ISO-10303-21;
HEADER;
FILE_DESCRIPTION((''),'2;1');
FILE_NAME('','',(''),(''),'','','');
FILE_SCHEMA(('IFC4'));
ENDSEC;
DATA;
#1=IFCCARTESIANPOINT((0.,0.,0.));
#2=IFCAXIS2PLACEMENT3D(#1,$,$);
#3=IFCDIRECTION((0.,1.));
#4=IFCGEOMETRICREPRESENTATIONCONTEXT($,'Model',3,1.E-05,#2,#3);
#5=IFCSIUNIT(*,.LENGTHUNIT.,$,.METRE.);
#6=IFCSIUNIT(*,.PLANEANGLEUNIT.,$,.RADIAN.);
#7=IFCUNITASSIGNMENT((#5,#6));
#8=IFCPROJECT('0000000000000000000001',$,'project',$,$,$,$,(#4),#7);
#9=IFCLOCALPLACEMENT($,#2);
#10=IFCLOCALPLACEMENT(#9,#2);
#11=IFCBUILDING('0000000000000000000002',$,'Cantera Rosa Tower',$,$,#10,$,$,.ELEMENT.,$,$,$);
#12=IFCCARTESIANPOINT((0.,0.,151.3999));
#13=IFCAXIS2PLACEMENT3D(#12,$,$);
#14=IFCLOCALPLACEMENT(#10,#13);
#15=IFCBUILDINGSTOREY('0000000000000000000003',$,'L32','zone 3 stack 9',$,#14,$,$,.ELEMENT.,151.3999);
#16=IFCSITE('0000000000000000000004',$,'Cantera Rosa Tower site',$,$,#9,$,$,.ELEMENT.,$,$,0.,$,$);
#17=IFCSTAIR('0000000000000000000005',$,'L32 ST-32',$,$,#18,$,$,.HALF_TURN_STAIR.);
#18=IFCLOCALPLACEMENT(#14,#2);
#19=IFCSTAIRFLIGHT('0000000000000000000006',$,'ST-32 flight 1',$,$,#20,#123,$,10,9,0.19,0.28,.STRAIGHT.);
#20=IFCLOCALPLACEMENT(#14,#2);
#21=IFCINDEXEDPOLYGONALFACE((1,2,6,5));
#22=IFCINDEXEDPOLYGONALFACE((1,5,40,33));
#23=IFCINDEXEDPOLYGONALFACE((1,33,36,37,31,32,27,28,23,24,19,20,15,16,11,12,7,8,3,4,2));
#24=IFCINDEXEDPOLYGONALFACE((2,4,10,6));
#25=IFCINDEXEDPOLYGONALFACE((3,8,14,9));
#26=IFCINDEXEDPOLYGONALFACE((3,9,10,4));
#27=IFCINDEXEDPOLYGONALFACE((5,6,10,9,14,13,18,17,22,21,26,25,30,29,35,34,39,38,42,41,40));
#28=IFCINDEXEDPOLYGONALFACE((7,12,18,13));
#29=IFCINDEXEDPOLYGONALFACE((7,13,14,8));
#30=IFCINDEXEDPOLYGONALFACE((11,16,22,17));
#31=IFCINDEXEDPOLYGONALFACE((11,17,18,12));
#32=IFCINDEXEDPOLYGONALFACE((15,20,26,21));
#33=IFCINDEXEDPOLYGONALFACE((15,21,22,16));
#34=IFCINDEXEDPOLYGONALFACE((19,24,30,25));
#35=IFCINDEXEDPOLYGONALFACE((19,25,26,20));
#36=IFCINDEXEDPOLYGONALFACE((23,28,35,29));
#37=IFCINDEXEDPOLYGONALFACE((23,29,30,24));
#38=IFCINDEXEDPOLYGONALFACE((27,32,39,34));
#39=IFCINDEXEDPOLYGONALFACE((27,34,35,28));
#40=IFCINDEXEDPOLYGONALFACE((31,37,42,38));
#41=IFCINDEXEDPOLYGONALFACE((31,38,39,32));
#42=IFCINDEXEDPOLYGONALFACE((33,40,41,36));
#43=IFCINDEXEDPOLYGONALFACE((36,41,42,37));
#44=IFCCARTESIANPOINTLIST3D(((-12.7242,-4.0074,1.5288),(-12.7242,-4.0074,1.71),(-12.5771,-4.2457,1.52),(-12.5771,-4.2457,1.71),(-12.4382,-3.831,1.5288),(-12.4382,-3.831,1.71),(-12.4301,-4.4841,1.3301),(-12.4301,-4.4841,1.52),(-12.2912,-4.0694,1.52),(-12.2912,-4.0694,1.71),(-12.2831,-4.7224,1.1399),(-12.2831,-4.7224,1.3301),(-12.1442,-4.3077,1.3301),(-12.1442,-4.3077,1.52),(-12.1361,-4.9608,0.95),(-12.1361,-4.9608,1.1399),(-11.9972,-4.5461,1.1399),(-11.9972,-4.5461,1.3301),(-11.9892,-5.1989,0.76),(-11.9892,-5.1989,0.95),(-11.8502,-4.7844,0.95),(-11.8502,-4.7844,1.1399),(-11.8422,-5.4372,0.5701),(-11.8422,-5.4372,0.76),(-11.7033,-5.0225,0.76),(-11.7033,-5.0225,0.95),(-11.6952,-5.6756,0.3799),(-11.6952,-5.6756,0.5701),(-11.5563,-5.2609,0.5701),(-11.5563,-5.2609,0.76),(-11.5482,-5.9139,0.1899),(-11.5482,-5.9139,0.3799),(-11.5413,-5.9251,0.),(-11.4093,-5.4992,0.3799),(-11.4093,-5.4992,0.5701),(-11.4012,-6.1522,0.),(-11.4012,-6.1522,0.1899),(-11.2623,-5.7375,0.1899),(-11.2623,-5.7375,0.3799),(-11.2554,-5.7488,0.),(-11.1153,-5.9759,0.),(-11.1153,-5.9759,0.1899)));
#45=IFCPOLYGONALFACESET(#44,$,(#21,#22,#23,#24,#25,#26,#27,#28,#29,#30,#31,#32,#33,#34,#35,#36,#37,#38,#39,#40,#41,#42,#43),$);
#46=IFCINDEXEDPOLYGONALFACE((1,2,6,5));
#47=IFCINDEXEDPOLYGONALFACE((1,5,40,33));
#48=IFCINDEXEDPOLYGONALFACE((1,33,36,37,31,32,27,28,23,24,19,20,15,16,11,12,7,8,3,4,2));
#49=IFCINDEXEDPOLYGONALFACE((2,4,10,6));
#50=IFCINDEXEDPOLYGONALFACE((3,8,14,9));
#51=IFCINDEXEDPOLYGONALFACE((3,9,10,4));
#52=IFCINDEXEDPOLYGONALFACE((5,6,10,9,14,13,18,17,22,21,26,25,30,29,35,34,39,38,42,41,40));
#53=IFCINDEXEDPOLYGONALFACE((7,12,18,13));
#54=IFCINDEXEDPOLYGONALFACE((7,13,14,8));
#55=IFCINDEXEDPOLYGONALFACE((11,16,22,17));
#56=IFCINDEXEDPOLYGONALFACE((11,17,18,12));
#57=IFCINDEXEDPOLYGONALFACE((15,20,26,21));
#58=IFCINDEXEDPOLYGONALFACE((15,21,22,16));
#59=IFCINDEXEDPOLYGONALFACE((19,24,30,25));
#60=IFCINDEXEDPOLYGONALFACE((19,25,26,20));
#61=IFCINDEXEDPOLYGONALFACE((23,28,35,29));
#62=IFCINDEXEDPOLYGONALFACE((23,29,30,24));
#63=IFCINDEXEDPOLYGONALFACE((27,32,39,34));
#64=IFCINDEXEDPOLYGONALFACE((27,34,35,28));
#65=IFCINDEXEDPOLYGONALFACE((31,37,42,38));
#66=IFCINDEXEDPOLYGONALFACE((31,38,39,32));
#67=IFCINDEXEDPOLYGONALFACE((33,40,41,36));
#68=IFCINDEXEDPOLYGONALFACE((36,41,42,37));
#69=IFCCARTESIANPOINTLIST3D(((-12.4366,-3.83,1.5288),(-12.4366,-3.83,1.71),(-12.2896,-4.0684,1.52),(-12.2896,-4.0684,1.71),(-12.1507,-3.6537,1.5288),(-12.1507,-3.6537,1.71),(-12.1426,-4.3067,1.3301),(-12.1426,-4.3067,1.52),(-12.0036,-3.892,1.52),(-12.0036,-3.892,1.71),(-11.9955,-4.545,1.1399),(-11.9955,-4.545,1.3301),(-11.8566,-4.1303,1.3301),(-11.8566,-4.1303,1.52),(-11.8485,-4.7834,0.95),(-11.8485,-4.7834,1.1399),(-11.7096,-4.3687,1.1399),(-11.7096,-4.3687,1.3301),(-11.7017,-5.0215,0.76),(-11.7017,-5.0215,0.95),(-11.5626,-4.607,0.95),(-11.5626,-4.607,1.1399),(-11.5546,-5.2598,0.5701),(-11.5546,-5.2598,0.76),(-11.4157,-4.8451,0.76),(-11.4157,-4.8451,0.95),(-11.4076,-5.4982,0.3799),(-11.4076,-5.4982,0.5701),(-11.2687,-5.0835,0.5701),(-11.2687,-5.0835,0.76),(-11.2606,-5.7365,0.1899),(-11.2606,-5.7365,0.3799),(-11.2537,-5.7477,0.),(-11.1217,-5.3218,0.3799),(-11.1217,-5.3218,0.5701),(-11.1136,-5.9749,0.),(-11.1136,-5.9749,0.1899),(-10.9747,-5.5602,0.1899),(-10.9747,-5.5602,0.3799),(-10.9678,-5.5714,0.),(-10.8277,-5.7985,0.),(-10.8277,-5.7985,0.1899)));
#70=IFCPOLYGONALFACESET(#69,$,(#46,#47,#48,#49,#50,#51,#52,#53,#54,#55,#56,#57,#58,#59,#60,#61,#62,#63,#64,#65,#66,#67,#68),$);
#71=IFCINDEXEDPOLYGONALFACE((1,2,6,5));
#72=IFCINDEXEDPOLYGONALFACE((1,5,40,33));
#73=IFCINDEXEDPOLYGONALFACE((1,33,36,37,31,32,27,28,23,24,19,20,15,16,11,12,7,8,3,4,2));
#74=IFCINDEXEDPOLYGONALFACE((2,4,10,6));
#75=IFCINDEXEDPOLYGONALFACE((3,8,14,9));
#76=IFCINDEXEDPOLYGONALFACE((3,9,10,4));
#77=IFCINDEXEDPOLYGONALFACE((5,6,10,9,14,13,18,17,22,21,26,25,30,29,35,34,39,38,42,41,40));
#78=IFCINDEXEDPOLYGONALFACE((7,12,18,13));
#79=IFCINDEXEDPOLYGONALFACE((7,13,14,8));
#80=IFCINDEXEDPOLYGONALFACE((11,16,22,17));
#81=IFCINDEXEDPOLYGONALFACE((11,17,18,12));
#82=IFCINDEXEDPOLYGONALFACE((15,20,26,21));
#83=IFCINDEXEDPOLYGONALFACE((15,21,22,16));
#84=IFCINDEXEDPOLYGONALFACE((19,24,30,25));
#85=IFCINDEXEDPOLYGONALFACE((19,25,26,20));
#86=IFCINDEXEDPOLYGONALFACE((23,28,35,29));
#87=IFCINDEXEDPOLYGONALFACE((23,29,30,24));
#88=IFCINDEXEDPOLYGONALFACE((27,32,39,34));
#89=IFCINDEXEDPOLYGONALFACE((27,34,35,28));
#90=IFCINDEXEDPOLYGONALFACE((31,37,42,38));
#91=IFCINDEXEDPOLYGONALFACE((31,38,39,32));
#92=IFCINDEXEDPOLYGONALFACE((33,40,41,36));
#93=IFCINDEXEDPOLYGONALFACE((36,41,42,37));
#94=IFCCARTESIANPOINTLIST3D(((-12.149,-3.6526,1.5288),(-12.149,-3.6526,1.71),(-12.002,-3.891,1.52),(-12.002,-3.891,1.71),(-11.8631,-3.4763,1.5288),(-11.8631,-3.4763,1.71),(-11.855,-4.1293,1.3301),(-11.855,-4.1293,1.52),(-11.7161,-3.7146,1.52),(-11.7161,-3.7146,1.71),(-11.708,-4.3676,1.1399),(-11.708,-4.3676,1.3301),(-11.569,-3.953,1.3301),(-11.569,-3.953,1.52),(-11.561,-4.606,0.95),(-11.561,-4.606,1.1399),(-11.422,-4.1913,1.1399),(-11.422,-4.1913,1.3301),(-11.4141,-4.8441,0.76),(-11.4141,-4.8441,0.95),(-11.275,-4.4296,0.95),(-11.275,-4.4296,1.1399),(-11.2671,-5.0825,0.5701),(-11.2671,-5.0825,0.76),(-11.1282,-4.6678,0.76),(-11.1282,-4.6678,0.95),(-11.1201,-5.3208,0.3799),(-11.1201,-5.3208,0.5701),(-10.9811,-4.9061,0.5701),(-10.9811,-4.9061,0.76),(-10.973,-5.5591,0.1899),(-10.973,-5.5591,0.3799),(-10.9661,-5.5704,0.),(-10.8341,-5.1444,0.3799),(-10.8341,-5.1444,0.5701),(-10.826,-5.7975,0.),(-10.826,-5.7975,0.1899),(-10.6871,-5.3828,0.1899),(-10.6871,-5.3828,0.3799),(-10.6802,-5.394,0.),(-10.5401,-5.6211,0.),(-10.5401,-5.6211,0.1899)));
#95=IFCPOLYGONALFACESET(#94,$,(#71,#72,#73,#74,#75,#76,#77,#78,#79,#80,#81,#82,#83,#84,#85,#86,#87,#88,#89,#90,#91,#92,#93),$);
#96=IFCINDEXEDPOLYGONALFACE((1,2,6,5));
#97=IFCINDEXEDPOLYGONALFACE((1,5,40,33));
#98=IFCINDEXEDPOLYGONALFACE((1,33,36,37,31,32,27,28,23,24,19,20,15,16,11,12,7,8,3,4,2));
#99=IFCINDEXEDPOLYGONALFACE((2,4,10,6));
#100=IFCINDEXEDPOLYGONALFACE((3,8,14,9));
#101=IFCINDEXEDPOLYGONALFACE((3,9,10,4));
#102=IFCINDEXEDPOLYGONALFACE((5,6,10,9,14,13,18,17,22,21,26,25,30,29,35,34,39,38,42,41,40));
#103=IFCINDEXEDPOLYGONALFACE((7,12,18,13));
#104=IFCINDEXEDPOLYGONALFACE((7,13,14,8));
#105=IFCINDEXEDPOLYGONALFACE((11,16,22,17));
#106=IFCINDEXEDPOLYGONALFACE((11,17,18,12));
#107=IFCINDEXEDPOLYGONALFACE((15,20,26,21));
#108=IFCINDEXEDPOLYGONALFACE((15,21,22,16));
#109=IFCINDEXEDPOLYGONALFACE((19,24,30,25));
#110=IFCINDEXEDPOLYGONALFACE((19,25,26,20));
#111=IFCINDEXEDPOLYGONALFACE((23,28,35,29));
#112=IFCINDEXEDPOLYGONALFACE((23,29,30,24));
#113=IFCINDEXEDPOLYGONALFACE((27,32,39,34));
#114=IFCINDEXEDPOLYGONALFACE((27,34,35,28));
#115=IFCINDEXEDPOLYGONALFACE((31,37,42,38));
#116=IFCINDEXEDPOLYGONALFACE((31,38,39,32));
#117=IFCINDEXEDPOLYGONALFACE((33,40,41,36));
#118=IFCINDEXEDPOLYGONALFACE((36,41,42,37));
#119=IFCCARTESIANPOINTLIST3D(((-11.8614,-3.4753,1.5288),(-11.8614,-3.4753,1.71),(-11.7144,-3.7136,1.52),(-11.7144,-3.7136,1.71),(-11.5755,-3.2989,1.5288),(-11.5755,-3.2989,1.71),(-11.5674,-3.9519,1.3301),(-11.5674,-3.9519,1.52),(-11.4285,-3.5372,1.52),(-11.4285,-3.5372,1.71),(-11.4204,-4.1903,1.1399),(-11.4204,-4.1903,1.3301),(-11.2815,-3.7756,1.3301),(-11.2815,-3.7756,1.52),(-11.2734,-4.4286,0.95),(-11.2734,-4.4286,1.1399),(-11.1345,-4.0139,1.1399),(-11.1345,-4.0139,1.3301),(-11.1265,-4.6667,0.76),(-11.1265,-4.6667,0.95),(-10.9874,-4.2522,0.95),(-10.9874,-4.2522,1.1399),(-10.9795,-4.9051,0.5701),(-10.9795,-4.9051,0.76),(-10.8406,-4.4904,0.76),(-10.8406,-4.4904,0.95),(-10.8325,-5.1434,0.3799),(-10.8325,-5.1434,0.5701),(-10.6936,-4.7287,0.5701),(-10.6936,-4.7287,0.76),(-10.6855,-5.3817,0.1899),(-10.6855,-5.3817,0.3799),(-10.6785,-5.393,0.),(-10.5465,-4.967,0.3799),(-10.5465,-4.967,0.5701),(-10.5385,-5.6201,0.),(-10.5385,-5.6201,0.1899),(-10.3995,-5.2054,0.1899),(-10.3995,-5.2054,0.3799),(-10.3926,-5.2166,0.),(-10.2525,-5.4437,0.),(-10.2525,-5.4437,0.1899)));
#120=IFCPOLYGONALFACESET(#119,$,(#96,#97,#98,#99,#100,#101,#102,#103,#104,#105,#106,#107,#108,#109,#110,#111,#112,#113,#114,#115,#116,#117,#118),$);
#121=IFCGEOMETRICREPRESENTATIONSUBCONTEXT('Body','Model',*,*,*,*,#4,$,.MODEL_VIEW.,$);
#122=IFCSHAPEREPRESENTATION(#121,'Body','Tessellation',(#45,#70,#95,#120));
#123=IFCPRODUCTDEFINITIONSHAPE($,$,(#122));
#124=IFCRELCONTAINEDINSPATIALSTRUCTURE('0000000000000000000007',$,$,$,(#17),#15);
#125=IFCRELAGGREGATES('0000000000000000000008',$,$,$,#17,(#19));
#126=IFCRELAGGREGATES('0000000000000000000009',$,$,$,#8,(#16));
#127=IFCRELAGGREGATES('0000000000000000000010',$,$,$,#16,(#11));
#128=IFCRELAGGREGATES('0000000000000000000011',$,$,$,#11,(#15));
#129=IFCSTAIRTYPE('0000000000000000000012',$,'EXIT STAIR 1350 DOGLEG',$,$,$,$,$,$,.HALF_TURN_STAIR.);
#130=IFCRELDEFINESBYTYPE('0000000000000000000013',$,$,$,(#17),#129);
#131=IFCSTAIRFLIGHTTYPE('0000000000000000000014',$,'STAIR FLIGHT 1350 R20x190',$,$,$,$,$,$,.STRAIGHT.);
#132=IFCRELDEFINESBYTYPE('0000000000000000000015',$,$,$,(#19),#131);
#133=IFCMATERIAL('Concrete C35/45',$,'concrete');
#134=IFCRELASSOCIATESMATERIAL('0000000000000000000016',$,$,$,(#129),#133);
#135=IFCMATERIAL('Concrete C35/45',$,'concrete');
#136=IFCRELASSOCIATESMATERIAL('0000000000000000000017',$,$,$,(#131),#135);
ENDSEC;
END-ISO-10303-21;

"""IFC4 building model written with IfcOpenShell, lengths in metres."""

from ifc_helpers import new_model, si_unit, direction, frame, origin, place, context, subcontext, project, spatial, polyline, outline, extrude, material, type_object, element, aggregate, save


model = new_model("IFC4")

# Units and contexts
model_context = context("Model", 3, precision=1e-05, world=origin(), true_north=direction((0.0, 1.0)))
body_context = subcontext(model_context, "Body", "Model", "MODEL_VIEW")
ifc_project = project(units=[si_unit("LENGTHUNIT", "METRE"), si_unit("PLANEANGLEUNIT", "RADIAN")], contexts=[model_context])

# Site, building, storey
site_placement = place(None, origin())
site = spatial("IfcSite", under=ifc_project, at=site_placement, Name="Cantera Rosa Tower site", CompositionType="ELEMENT", RefElevation=0.0)
building_placement = place(site_placement, origin())
building = spatial("IfcBuilding", under=site, at=building_placement, Name="Cantera Rosa Tower", CompositionType="ELEMENT")
storey_placement = place(building_placement, frame((0.0, 0.0, 151.3999)))
storey = spatial("IfcBuildingStorey", under=building, at=storey_placement, Name="L32", Description="zone 3 stack 9", CompositionType="ELEMENT", Elevation=151.3999)

# Stair, stair flight
ifc_material_1 = material(Name="Concrete C35/45", Category="concrete")
stair_type = type_object("IfcStairType", Name="EXIT STAIR 1350 DOGLEG", PredefinedType="HALF_TURN_STAIR", material=ifc_material_1)
stair_placement = place(storey_placement, origin())
stair = element("IfcStair", 1, at=stair_placement, inside=storey, type_object=stair_type, Name="L32 ST-32", PredefinedType="HALF_TURN_STAIR")
ifc_material_2 = material(Name="Concrete C35/45", Category="concrete")
stair_flight_type = type_object("IfcStairFlightType", Name="STAIR FLIGHT 1350 R20x190", PredefinedType="STRAIGHT", material=ifc_material_2)
stair_flight_placement = place(storey_placement, frame((-10.8267, -5.7979, 0.0), z_axis=(0.0, 0.0, 1.0), x_axis=(-0.524977, 0.851117, 0.0)))
stair_flight = element("IfcStairFlight", 2, at=stair_flight_placement, type_object=stair_flight_type, Name="ST-32 flight 1", NumberOfRisers=10, NumberOfTreads=9, PredefinedType="STRAIGHT", RiserHeight=0.19, TreadLength=0.28, context=body_context, shape_type="SweptSolid", body=[
    extrude(outline(polyline([(0.0, 0.0), (0.0, 0.1899), (0.28, 0.1899), (0.28, 0.3799), (0.5601, 0.3799), (0.5601, 0.5701), (0.8401, 0.5701), (0.8401, 0.76), (1.1201, 0.76), (1.1201, 0.95), (1.3999, 0.95), (1.3999, 1.1399), (1.6799, 1.1399), (1.6799, 1.3301), (1.96, 1.3301), (1.96, 1.52), (2.24, 1.52), (2.24, 1.71), (2.52, 1.71), (2.52, 1.8999), (2.52, 1.5288), (0.2668, 0.0), (0.0, 0.0)])), frame((0.0, 0.675, 0.0), z_axis=(0.0, -1.0, 0.0), x_axis=(1.0, 0.0, 0.0)), (0.0, 0.0, 1.0), 0.3359),
    extrude(outline(polyline([(0.0, 0.0), (0.0, 0.1899), (0.28, 0.1899), (0.28, 0.3799), (0.5601, 0.3799), (0.5601, 0.5701), (0.8401, 0.5701), (0.8401, 0.76), (1.1201, 0.76), (1.1201, 0.95), (1.3999, 0.95), (1.3999, 1.1399), (1.6799, 1.1399), (1.6799, 1.3301), (1.96, 1.3301), (1.96, 1.52), (2.24, 1.52), (2.24, 1.71), (2.52, 1.71), (2.52, 1.8999), (2.52, 1.5288), (0.2668, 0.0), (0.0, 0.0)])), frame((0.0, 0.3372, 0.0), z_axis=(0.0, -1.0, 0.0), x_axis=(1.0, 0.0, 0.0)), (0.0, 0.0, 1.0), 0.3359),
    extrude(outline(polyline([(0.0, 0.0), (0.0, 0.1899), (0.28, 0.1899), (0.28, 0.3799), (0.5601, 0.3799), (0.5601, 0.5701), (0.8401, 0.5701), (0.8401, 0.76), (1.1201, 0.76), (1.1201, 0.95), (1.3999, 0.95), (1.3999, 1.1399), (1.6799, 1.1399), (1.6799, 1.3301), (1.96, 1.3301), (1.96, 1.52), (2.24, 1.52), (2.24, 1.71), (2.52, 1.71), (2.52, 1.8999), (2.52, 1.5288), (0.2668, 0.0), (0.0, 0.0)])), frame((0.0, -0.0007, 0.0), z_axis=(0.0, -1.0, 0.0), x_axis=(1.0, 0.0, 0.0)), (0.0, 0.0, 1.0), 0.3359),
    extrude(outline(polyline([(0.0, 0.0), (0.0, 0.1899), (0.28, 0.1899), (0.28, 0.3799), (0.5601, 0.3799), (0.5601, 0.5701), (0.8401, 0.5701), (0.8401, 0.76), (1.1201, 0.76), (1.1201, 0.95), (1.3999, 0.95), (1.3999, 1.1399), (1.6799, 1.1399), (1.6799, 1.3301), (1.96, 1.3301), (1.96, 1.52), (2.24, 1.52), (2.24, 1.71), (2.52, 1.71), (2.52, 1.8999), (2.52, 1.5288), (0.2668, 0.0), (0.0, 0.0)])), frame((0.0, -0.3386, 0.0), z_axis=(0.0, -1.0, 0.0), x_axis=(1.0, 0.0, 0.0)), (0.0, 0.0, 1.0), 0.3359),
])
aggregate(stair, [stair_flight])

save(model, "model.ifc")
